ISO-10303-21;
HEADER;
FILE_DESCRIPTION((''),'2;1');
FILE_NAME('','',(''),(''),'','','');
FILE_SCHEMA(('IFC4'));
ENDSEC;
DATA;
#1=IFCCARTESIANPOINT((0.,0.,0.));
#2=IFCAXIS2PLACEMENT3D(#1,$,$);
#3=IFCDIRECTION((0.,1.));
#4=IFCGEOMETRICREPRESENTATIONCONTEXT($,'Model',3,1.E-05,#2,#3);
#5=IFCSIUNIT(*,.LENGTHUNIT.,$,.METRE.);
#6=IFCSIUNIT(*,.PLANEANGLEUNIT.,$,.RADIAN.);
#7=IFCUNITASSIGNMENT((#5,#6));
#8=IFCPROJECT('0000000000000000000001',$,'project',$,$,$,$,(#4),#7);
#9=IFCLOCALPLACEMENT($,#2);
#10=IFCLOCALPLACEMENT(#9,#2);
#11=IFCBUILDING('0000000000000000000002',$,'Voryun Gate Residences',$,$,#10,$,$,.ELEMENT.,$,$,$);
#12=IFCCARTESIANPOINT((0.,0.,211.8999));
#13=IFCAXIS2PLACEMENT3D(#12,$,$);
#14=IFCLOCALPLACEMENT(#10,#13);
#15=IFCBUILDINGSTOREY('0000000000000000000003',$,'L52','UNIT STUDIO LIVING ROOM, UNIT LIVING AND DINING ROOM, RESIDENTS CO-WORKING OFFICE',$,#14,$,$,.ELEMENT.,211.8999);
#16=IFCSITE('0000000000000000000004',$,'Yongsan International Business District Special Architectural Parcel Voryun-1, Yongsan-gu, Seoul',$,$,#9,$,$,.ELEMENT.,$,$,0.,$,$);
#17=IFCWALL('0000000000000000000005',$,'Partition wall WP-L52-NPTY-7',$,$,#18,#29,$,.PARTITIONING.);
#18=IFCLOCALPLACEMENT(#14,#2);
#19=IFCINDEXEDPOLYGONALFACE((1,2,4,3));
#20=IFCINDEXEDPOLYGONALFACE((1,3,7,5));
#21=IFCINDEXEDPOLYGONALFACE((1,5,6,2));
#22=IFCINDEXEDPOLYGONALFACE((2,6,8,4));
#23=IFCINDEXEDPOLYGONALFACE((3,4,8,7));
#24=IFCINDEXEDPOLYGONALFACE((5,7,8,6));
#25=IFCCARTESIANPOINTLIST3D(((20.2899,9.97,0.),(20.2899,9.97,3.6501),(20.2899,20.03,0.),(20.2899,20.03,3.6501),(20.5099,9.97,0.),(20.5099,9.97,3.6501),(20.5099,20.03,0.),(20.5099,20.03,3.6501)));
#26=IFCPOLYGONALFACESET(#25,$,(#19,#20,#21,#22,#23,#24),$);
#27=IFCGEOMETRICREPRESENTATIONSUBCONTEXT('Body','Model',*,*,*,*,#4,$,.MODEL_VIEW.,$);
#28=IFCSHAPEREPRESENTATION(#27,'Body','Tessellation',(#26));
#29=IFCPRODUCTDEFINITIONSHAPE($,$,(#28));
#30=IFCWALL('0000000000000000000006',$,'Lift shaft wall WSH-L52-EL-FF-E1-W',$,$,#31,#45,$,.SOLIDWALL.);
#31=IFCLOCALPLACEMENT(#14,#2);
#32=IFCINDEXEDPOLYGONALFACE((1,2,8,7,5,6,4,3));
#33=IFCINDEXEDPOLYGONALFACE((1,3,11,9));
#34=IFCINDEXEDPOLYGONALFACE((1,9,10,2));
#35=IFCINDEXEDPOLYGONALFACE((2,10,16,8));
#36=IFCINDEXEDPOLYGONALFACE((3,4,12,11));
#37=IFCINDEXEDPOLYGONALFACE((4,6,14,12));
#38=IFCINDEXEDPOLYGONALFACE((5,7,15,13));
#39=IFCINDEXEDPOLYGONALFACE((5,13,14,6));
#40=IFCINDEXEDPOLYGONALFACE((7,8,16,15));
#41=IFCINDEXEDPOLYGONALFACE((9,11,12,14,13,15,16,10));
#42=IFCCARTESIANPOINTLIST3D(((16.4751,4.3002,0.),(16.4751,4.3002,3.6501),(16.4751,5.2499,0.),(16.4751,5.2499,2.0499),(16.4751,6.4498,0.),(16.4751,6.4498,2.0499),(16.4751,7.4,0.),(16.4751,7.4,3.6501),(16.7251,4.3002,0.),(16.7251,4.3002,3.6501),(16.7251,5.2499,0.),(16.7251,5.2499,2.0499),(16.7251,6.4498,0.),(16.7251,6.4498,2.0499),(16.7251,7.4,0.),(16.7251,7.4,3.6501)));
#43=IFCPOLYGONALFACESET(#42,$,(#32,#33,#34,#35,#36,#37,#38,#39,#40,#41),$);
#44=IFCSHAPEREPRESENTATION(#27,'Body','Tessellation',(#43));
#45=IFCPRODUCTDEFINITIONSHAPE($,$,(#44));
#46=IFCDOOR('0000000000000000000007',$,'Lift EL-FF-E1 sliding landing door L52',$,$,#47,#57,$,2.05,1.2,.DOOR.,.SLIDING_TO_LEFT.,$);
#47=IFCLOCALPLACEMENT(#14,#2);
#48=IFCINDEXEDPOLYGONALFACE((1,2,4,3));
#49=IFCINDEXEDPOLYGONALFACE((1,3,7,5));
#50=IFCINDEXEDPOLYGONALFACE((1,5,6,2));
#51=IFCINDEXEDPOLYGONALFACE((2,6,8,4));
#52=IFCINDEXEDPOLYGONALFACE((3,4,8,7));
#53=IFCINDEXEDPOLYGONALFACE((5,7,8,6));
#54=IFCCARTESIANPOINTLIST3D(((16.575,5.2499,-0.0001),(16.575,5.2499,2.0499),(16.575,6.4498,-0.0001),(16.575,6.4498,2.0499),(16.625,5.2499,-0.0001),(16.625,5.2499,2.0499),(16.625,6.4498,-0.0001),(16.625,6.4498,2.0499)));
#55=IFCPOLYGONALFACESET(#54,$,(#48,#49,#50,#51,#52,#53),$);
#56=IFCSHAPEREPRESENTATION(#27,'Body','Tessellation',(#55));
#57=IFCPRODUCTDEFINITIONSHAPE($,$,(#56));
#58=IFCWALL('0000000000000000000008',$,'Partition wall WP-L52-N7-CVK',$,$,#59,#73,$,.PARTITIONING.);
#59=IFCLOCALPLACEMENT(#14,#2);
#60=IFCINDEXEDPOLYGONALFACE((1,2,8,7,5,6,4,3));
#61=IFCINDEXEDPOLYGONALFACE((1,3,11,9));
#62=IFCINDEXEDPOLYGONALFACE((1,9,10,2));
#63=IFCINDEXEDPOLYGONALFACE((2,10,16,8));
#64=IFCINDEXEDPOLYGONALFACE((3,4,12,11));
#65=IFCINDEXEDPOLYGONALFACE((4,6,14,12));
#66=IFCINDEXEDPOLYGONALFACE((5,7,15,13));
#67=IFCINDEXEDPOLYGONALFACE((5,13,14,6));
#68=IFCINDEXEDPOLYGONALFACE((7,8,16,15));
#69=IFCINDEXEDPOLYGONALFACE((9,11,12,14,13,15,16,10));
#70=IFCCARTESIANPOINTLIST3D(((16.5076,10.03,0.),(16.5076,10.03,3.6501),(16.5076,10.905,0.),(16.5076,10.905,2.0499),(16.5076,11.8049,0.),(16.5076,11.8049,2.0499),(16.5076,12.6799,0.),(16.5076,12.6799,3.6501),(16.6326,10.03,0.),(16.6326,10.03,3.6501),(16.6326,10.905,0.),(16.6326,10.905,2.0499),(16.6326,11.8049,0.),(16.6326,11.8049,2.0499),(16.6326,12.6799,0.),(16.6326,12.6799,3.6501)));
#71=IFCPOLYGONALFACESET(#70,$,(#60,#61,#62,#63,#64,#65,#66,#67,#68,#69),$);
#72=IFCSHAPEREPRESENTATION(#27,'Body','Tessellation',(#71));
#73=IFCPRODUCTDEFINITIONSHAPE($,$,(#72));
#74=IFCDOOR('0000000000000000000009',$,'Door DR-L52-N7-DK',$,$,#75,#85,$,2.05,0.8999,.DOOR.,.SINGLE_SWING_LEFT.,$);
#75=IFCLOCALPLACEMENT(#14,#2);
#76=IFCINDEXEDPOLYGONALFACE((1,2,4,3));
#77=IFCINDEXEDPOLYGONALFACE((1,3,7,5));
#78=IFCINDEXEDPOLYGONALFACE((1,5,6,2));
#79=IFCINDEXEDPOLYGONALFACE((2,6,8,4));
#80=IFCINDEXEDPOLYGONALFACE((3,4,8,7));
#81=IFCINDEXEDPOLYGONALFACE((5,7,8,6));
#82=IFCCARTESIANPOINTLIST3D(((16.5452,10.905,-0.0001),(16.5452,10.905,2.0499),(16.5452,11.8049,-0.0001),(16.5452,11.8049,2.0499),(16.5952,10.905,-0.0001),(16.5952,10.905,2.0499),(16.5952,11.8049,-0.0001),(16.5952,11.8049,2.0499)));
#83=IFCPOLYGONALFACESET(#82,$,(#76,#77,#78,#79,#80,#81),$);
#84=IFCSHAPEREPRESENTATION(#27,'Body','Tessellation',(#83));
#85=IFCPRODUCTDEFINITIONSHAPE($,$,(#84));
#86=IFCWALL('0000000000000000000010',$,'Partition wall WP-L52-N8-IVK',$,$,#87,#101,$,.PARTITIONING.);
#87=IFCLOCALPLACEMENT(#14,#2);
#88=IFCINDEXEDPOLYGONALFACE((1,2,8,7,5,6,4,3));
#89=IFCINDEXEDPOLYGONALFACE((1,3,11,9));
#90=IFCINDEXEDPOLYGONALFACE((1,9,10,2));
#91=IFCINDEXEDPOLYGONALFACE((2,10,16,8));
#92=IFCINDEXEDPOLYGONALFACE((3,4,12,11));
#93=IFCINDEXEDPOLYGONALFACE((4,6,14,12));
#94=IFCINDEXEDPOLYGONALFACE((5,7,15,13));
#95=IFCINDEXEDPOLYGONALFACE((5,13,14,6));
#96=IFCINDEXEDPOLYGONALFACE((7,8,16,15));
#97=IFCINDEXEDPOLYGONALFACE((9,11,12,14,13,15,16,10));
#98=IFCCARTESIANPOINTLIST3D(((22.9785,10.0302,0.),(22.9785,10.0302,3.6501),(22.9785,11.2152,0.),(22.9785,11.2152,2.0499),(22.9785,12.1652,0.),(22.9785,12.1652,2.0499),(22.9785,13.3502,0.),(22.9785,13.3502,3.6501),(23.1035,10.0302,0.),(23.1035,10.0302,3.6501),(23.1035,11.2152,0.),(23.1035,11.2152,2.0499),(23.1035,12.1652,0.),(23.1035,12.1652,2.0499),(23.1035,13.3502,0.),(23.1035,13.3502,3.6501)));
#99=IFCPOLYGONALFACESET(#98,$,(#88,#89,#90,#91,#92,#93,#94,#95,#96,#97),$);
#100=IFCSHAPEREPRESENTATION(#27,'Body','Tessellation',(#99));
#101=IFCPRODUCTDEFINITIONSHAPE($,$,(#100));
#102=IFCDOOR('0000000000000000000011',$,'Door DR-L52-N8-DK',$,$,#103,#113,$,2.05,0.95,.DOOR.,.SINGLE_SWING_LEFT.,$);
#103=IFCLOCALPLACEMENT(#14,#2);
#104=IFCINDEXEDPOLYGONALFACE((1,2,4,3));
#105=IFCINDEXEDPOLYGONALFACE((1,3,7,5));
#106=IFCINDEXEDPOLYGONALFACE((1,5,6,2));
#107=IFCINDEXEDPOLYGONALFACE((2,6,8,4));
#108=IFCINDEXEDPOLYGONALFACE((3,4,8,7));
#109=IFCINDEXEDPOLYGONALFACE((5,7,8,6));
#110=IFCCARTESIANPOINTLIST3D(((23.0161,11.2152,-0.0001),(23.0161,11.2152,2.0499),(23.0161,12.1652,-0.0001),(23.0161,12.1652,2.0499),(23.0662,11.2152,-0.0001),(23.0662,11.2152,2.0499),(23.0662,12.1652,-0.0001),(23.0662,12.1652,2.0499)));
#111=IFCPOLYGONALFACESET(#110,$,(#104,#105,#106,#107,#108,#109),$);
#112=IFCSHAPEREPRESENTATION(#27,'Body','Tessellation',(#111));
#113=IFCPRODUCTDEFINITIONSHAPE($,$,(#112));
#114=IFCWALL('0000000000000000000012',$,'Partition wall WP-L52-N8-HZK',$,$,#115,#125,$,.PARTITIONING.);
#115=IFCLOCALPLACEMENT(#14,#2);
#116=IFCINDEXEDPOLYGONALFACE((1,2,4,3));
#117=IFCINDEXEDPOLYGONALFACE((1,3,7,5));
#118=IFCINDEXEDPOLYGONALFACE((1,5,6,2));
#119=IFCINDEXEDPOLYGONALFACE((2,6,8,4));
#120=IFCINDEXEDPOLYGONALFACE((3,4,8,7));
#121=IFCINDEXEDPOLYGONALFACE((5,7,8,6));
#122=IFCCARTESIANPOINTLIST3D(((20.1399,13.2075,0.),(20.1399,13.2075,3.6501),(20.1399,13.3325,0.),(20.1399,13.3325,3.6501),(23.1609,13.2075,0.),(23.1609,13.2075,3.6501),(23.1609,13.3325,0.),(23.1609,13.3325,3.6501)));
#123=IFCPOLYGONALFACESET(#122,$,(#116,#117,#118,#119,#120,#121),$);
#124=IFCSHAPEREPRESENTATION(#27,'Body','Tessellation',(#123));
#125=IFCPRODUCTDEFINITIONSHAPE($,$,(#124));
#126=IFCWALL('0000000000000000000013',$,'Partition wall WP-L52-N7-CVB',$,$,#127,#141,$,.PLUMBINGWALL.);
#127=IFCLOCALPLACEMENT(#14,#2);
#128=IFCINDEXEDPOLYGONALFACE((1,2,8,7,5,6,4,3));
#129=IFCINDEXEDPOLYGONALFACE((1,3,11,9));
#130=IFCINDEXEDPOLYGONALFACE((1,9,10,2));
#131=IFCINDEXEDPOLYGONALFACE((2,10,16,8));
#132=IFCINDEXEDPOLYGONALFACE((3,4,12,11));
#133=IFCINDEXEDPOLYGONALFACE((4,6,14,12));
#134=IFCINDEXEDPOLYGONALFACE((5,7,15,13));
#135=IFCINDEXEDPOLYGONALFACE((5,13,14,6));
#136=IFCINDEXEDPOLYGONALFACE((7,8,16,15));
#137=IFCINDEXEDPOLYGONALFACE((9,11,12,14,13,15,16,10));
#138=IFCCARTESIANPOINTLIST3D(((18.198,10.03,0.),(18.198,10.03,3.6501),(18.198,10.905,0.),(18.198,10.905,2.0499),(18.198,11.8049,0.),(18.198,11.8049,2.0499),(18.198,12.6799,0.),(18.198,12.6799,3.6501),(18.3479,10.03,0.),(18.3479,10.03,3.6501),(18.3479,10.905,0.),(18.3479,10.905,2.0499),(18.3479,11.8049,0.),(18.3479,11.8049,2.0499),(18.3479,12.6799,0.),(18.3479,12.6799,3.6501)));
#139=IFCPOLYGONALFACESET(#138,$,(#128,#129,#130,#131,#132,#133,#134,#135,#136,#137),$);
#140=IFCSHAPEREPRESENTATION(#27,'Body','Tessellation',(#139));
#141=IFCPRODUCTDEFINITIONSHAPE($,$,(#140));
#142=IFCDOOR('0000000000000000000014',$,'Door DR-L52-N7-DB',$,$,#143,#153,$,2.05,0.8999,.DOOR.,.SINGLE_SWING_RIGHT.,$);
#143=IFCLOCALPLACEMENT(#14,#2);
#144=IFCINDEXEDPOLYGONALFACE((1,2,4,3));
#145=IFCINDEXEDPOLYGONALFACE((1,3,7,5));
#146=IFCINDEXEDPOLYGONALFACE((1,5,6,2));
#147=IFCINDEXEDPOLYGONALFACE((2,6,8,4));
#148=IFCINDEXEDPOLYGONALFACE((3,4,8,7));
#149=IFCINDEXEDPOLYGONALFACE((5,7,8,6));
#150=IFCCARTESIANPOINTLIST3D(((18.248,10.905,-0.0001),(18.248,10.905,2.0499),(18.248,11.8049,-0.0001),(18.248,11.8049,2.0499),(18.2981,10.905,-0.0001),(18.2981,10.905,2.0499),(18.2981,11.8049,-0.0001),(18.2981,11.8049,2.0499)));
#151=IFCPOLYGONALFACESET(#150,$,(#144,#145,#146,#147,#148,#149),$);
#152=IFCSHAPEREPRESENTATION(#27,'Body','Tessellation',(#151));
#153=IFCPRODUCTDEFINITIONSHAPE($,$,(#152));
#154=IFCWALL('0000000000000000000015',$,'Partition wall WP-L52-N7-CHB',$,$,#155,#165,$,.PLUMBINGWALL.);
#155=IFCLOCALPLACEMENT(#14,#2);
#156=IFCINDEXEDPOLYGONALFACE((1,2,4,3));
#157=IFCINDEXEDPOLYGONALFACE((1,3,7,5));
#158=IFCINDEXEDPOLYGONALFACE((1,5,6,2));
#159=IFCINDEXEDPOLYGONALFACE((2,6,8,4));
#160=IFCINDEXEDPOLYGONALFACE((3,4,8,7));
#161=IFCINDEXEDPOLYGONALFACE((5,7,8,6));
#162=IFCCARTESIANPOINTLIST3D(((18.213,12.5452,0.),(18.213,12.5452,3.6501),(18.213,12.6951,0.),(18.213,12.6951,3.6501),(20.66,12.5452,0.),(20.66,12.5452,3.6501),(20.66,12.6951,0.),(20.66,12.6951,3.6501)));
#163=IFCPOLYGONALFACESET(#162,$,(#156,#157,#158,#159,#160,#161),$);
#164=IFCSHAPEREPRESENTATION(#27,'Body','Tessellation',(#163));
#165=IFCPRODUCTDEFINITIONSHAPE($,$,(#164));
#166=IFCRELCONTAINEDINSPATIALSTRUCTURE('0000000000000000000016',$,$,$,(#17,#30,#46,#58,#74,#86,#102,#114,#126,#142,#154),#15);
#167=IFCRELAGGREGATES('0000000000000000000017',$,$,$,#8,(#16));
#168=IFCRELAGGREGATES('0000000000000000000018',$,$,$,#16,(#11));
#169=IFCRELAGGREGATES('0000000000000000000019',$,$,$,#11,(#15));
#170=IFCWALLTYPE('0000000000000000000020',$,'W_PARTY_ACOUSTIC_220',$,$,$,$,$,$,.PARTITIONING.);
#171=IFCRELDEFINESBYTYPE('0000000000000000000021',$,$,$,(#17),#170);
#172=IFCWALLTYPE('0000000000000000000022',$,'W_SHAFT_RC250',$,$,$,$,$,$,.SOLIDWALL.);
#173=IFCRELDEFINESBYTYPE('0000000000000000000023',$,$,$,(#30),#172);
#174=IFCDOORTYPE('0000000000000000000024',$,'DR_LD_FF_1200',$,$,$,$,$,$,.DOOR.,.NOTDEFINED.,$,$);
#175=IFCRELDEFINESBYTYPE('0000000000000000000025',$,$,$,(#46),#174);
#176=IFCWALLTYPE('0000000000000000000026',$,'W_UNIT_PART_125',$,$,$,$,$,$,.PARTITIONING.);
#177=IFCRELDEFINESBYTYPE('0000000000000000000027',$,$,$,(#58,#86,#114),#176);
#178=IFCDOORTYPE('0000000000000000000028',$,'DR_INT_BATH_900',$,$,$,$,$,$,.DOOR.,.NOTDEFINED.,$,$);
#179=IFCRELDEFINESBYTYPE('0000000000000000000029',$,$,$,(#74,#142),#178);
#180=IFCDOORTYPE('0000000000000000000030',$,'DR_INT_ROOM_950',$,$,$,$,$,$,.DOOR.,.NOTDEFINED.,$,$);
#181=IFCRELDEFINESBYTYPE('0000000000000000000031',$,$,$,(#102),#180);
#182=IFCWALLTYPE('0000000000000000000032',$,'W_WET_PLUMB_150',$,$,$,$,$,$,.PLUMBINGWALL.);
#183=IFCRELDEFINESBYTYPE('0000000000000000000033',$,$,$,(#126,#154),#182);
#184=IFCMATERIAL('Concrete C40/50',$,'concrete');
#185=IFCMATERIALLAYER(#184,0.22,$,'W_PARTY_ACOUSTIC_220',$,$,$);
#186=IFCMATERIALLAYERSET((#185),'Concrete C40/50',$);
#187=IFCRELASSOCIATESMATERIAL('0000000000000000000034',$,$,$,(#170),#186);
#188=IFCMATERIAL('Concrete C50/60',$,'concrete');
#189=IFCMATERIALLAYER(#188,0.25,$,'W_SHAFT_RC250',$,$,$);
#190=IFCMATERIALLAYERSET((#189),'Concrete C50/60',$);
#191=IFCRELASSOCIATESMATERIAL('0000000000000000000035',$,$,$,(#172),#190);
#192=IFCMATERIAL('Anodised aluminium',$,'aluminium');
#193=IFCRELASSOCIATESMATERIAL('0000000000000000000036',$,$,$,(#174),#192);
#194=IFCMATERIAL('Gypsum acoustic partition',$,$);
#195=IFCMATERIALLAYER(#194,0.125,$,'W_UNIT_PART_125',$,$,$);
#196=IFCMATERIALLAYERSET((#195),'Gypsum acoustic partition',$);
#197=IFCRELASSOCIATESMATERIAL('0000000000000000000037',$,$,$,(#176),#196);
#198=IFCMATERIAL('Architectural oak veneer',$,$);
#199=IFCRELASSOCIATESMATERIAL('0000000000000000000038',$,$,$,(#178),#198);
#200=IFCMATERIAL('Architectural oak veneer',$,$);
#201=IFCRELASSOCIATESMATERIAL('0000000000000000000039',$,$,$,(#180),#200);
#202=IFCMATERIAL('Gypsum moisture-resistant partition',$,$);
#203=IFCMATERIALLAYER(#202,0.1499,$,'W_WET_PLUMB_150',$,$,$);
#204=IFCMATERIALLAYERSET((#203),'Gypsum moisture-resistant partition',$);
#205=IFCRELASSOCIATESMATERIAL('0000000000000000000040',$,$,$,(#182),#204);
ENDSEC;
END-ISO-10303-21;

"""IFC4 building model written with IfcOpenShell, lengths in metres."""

from ifc_helpers import new_model, si_unit, direction, frame, frame_2d, origin, place, context, subcontext, project, spatial, rectangle, extrude, material, layer, layer_set, type_object, element, fill, save


model = new_model("IFC4")

# Units and contexts
model_context = context("Model", 3, precision=1e-05, world=origin(), true_north=direction((0.0, 1.0)))
body_context = subcontext(model_context, "Body", "Model", "MODEL_VIEW")
ifc_project = project(units=[si_unit("LENGTHUNIT", "METRE"), si_unit("PLANEANGLEUNIT", "RADIAN")], contexts=[model_context])

# Site, building, storey
site_placement = place(None, origin())
site = spatial("IfcSite", under=ifc_project, at=site_placement, Name="Yongsan International Business District Special Architectural Parcel Voryun-1, Yongsan-gu, Seoul", CompositionType="ELEMENT", RefElevation=0.0)
building_placement = place(site_placement, origin())
building = spatial("IfcBuilding", under=site, at=building_placement, Name="Voryun Gate Residences", CompositionType="ELEMENT")
storey_placement = place(building_placement, frame((0.0, 0.0, 211.8999)))
storey = spatial("IfcBuildingStorey", under=building, at=storey_placement, Name="L52", Description="UNIT STUDIO LIVING ROOM, UNIT LIVING AND DINING ROOM, RESIDENTS CO-WORKING OFFICE", CompositionType="ELEMENT", Elevation=211.8999)

# Wall
ifc_material_1 = material(Name="Concrete C40/50", Category="concrete")
ifc_layer_1 = layer(ifc_material_1, 0.22, Name="W_PARTY_ACOUSTIC_220")
ifc_layer_set_1 = layer_set([ifc_layer_1], Name="Concrete C40/50")
wall_type_1 = type_object("IfcWallType", Name="W_PARTY_ACOUSTIC_220", PredefinedType="PARTITIONING", material=ifc_layer_set_1)
wall_1_placement = place(storey_placement, frame((20.3999, 9.97, 0.0), z_axis=(0.0, 0.0, 1.0), x_axis=(0.0, 1.0, 0.0)))
element("IfcWall", 1, at=wall_1_placement, inside=storey, type_object=wall_type_1, Name="Partition wall WP-L52-NPTY-7", PredefinedType="PARTITIONING", context=body_context, shape_type="SweptSolid", body=[
    extrude(rectangle(XDim=10.0601, YDim=0.22, at=frame_2d((5.03, 0.0))), origin(), (0.0, 0.0, 1.0), 3.6501),
])

# Walls, openings, doors
ifc_material_2 = material(Name="Concrete C50/60", Category="concrete")
ifc_layer_2 = layer(ifc_material_2, 0.25, Name="W_SHAFT_RC250")
ifc_layer_set_2 = layer_set([ifc_layer_2], Name="Concrete C50/60")
wall_type_2 = type_object("IfcWallType", Name="W_SHAFT_RC250", PredefinedType="SOLIDWALL", material=ifc_layer_set_2)
wall_2_placement = place(storey_placement, frame((16.6001, 7.3999, 0.0), z_axis=(0.0, 0.0, 1.0), x_axis=(0.0, -1.0, 0.0)))
wall_2 = element("IfcWall", 2, at=wall_2_placement, inside=storey, type_object=wall_type_2, Name="Lift shaft wall WSH-L52-EL-FF-E1-W", PredefinedType="SOLIDWALL", context=body_context, shape_type="SweptSolid", body=[
    extrude(rectangle(XDim=3.0999, YDim=0.25, at=frame_2d((1.5498, 0.0))), origin(), (0.0, 0.0, 1.0), 3.6501),
])
opening_1_placement = place(wall_2_placement, frame((0.95, 0.0, 0.0)))
opening_1 = element("IfcOpeningElement", 3, at=opening_1_placement, cuts=wall_2, PredefinedType="OPENING", context=body_context, shape_type="SweptSolid", body=[
    extrude(rectangle(XDim=1.2, YDim=2.05, at=frame_2d((0.6001, 1.0249))), frame((0.0, 0.135, 0.0), z_axis=(0.0, -1.0, 0.0), x_axis=(1.0, 0.0, 0.0)), (0.0, 0.0, 1.0), 0.27),
])
ifc_material_3 = material(Name="Anodised aluminium", Category="aluminium")
door_type_1 = type_object("IfcDoorType", Name="DR_LD_FF_1200", OperationType="NOTDEFINED", PredefinedType="DOOR", material=ifc_material_3)
door_1_placement = place(opening_1_placement, origin())
door_1 = element("IfcDoor", 4, at=door_1_placement, inside=storey, type_object=door_type_1, Name="Lift EL-FF-E1 sliding landing door L52", OperationType="SLIDING_TO_LEFT", OverallHeight=2.05, OverallWidth=1.2, PredefinedType="DOOR", context=body_context, shape_type="SweptSolid", body=[
    extrude(rectangle(XDim=1.2, YDim=2.05, at=frame_2d((0.6001, 1.0249))), frame((0.0, 0.0249, 0.0), z_axis=(0.0, -1.0, 0.0), x_axis=(1.0, 0.0, 0.0)), (0.0, 0.0, 1.0), 0.05),
])
fill(opening_1, door_1)
ifc_material_4 = material(Name="Gypsum acoustic partition")
ifc_layer_3 = layer(ifc_material_4, 0.125, Name="W_UNIT_PART_125")
ifc_layer_set_3 = layer_set([ifc_layer_3], Name="Gypsum acoustic partition")
wall_type_3 = type_object("IfcWallType", Name="W_UNIT_PART_125", PredefinedType="PARTITIONING", material=ifc_layer_set_3)
wall_3_placement = place(storey_placement, frame((16.5701, 10.03, 0.0), z_axis=(0.0, 0.0, 1.0), x_axis=(0.0, 1.0, 0.0)))
wall_3 = element("IfcWall", 5, at=wall_3_placement, inside=storey, type_object=wall_type_3, Name="Partition wall WP-L52-N7-CVK", PredefinedType="PARTITIONING", context=body_context, shape_type="SweptSolid", body=[
    extrude(rectangle(XDim=2.6499, YDim=0.125, at=frame_2d((1.325, 0.0))), origin(), (0.0, 0.0, 1.0), 3.6501),
])
opening_2_placement = place(wall_3_placement, frame((0.875, 0.0, 0.0)))
opening_2 = element("IfcOpeningElement", 6, at=opening_2_placement, cuts=wall_3, PredefinedType="OPENING", context=body_context, shape_type="SweptSolid", body=[
    extrude(rectangle(XDim=0.8999, YDim=2.05, at=frame_2d((0.45, 1.0249))), frame((0.0, 0.0725, 0.0), z_axis=(0.0, -1.0, 0.0), x_axis=(1.0, 0.0, 0.0)), (0.0, 0.0, 1.0), 0.145),
])
ifc_material_5 = material(Name="Architectural oak veneer")
door_type_2 = type_object("IfcDoorType", Name="DR_INT_BATH_900", OperationType="NOTDEFINED", PredefinedType="DOOR", material=ifc_material_5)
door_2_placement = place(opening_2_placement, origin())
door_2 = element("IfcDoor", 7, at=door_2_placement, inside=storey, type_object=door_type_2, Name="Door DR-L52-N7-DK", OperationType="SINGLE_SWING_LEFT", OverallHeight=2.05, OverallWidth=0.8999, PredefinedType="DOOR", context=body_context, shape_type="SweptSolid", body=[
    extrude(rectangle(XDim=0.8999, YDim=2.05, at=frame_2d((0.45, 1.0249))), frame((0.0, 0.0249, 0.0), z_axis=(0.0, -1.0, 0.0), x_axis=(1.0, 0.0, 0.0)), (0.0, 0.0, 1.0), 0.05),
])
fill(opening_2, door_2)
wall_4_placement = place(storey_placement, frame((23.041, 10.03, 0.0), z_axis=(0.0, 0.0, 1.0), x_axis=(0.0, 1.0, 0.0)))
wall_4 = element("IfcWall", 8, at=wall_4_placement, inside=storey, type_object=wall_type_3, Name="Partition wall WP-L52-N8-IVK", PredefinedType="PARTITIONING", context=body_context, shape_type="SweptSolid", body=[
    extrude(rectangle(XDim=3.3201, YDim=0.125, at=frame_2d((1.6602, 0.0))), origin(), (0.0, 0.0, 1.0), 3.6501),
])
opening_3_placement = place(wall_4_placement, frame((1.1851, 0.0, 0.0)))
opening_3 = element("IfcOpeningElement", 9, at=opening_3_placement, cuts=wall_4, PredefinedType="OPENING", context=body_context, shape_type="SweptSolid", body=[
    extrude(rectangle(XDim=0.95, YDim=2.05, at=frame_2d((0.4751, 1.0249))), frame((0.0, 0.0725, 0.0), z_axis=(0.0, -1.0, 0.0), x_axis=(1.0, 0.0, 0.0)), (0.0, 0.0, 1.0), 0.145),
])
ifc_material_6 = material(Name="Architectural oak veneer")
door_type_3 = type_object("IfcDoorType", Name="DR_INT_ROOM_950", OperationType="NOTDEFINED", PredefinedType="DOOR", material=ifc_material_6)
door_3_placement = place(opening_3_placement, origin())
door_3 = element("IfcDoor", 10, at=door_3_placement, inside=storey, type_object=door_type_3, Name="Door DR-L52-N8-DK", OperationType="SINGLE_SWING_LEFT", OverallHeight=2.05, OverallWidth=0.95, PredefinedType="DOOR", context=body_context, shape_type="SweptSolid", body=[
    extrude(rectangle(XDim=0.95, YDim=2.05, at=frame_2d((0.4751, 1.0249))), frame((0.0, 0.0249, 0.0), z_axis=(0.0, -1.0, 0.0), x_axis=(1.0, 0.0, 0.0)), (0.0, 0.0, 1.0), 0.05),
])
fill(opening_3, door_3)

# Wall
wall_5_placement = place(storey_placement, frame((20.1399, 13.27, 0.0), z_axis=(0.0, 0.0, 1.0), x_axis=(1.0, 0.0, 0.0)))
element("IfcWall", 11, at=wall_5_placement, inside=storey, type_object=wall_type_3, Name="Partition wall WP-L52-N8-HZK", PredefinedType="PARTITIONING", context=body_context, shape_type="SweptSolid", body=[
    extrude(rectangle(XDim=3.021, YDim=0.125, at=frame_2d((1.5105, 0.0))), origin(), (0.0, 0.0, 1.0), 3.6501),
])

# Wall, opening, door
ifc_material_7 = material(Name="Gypsum moisture-resistant partition")
ifc_layer_4 = layer(ifc_material_7, 0.1499, Name="W_WET_PLUMB_150")
ifc_layer_set_4 = layer_set([ifc_layer_4], Name="Gypsum moisture-resistant partition")
wall_type_4 = type_object("IfcWallType", Name="W_WET_PLUMB_150", PredefinedType="PLUMBINGWALL", material=ifc_layer_set_4)
wall_6_placement = place(storey_placement, frame((18.2729, 10.03, 0.0), z_axis=(0.0, 0.0, 1.0), x_axis=(0.0, 1.0, 0.0)))
wall_6 = element("IfcWall", 12, at=wall_6_placement, inside=storey, type_object=wall_type_4, Name="Partition wall WP-L52-N7-CVB", PredefinedType="PLUMBINGWALL", context=body_context, shape_type="SweptSolid", body=[
    extrude(rectangle(XDim=2.6499, YDim=0.1499, at=frame_2d((1.325, 0.0))), origin(), (0.0, 0.0, 1.0), 3.6501),
])
opening_4_placement = place(wall_6_placement, frame((0.875, 0.0, 0.0)))
opening_4 = element("IfcOpeningElement", 13, at=opening_4_placement, cuts=wall_6, PredefinedType="OPENING", context=body_context, shape_type="SweptSolid", body=[
    extrude(rectangle(XDim=0.8999, YDim=2.05, at=frame_2d((0.45, 1.0249))), frame((0.0, 0.085, 0.0), z_axis=(0.0, -1.0, 0.0), x_axis=(1.0, 0.0, 0.0)), (0.0, 0.0, 1.0), 0.1699),
])
door_4_placement = place(opening_4_placement, origin())
door_4 = element("IfcDoor", 14, at=door_4_placement, inside=storey, type_object=door_type_2, Name="Door DR-L52-N7-DB", OperationType="SINGLE_SWING_RIGHT", OverallHeight=2.05, OverallWidth=0.8999, PredefinedType="DOOR", context=body_context, shape_type="SweptSolid", body=[
    extrude(rectangle(XDim=0.8999, YDim=2.05, at=frame_2d((0.45, 1.0249))), frame((0.0, 0.0249, 0.0), z_axis=(0.0, -1.0, 0.0), x_axis=(1.0, 0.0, 0.0)), (0.0, 0.0, 1.0), 0.05),
])
fill(opening_4, door_4)

# Wall
wall_7_placement = place(storey_placement, frame((18.2129, 12.6201, 0.0), z_axis=(0.0, 0.0, 1.0), x_axis=(1.0, 0.0, 0.0)))
element("IfcWall", 15, at=wall_7_placement, inside=storey, type_object=wall_type_4, Name="Partition wall WP-L52-N7-CHB", PredefinedType="PLUMBINGWALL", context=body_context, shape_type="SweptSolid", body=[
    extrude(rectangle(XDim=2.447, YDim=0.1499, at=frame_2d((1.2236, 0.0))), origin(), (0.0, 0.0, 1.0), 3.6501),
])

save(model, "model.ifc")
